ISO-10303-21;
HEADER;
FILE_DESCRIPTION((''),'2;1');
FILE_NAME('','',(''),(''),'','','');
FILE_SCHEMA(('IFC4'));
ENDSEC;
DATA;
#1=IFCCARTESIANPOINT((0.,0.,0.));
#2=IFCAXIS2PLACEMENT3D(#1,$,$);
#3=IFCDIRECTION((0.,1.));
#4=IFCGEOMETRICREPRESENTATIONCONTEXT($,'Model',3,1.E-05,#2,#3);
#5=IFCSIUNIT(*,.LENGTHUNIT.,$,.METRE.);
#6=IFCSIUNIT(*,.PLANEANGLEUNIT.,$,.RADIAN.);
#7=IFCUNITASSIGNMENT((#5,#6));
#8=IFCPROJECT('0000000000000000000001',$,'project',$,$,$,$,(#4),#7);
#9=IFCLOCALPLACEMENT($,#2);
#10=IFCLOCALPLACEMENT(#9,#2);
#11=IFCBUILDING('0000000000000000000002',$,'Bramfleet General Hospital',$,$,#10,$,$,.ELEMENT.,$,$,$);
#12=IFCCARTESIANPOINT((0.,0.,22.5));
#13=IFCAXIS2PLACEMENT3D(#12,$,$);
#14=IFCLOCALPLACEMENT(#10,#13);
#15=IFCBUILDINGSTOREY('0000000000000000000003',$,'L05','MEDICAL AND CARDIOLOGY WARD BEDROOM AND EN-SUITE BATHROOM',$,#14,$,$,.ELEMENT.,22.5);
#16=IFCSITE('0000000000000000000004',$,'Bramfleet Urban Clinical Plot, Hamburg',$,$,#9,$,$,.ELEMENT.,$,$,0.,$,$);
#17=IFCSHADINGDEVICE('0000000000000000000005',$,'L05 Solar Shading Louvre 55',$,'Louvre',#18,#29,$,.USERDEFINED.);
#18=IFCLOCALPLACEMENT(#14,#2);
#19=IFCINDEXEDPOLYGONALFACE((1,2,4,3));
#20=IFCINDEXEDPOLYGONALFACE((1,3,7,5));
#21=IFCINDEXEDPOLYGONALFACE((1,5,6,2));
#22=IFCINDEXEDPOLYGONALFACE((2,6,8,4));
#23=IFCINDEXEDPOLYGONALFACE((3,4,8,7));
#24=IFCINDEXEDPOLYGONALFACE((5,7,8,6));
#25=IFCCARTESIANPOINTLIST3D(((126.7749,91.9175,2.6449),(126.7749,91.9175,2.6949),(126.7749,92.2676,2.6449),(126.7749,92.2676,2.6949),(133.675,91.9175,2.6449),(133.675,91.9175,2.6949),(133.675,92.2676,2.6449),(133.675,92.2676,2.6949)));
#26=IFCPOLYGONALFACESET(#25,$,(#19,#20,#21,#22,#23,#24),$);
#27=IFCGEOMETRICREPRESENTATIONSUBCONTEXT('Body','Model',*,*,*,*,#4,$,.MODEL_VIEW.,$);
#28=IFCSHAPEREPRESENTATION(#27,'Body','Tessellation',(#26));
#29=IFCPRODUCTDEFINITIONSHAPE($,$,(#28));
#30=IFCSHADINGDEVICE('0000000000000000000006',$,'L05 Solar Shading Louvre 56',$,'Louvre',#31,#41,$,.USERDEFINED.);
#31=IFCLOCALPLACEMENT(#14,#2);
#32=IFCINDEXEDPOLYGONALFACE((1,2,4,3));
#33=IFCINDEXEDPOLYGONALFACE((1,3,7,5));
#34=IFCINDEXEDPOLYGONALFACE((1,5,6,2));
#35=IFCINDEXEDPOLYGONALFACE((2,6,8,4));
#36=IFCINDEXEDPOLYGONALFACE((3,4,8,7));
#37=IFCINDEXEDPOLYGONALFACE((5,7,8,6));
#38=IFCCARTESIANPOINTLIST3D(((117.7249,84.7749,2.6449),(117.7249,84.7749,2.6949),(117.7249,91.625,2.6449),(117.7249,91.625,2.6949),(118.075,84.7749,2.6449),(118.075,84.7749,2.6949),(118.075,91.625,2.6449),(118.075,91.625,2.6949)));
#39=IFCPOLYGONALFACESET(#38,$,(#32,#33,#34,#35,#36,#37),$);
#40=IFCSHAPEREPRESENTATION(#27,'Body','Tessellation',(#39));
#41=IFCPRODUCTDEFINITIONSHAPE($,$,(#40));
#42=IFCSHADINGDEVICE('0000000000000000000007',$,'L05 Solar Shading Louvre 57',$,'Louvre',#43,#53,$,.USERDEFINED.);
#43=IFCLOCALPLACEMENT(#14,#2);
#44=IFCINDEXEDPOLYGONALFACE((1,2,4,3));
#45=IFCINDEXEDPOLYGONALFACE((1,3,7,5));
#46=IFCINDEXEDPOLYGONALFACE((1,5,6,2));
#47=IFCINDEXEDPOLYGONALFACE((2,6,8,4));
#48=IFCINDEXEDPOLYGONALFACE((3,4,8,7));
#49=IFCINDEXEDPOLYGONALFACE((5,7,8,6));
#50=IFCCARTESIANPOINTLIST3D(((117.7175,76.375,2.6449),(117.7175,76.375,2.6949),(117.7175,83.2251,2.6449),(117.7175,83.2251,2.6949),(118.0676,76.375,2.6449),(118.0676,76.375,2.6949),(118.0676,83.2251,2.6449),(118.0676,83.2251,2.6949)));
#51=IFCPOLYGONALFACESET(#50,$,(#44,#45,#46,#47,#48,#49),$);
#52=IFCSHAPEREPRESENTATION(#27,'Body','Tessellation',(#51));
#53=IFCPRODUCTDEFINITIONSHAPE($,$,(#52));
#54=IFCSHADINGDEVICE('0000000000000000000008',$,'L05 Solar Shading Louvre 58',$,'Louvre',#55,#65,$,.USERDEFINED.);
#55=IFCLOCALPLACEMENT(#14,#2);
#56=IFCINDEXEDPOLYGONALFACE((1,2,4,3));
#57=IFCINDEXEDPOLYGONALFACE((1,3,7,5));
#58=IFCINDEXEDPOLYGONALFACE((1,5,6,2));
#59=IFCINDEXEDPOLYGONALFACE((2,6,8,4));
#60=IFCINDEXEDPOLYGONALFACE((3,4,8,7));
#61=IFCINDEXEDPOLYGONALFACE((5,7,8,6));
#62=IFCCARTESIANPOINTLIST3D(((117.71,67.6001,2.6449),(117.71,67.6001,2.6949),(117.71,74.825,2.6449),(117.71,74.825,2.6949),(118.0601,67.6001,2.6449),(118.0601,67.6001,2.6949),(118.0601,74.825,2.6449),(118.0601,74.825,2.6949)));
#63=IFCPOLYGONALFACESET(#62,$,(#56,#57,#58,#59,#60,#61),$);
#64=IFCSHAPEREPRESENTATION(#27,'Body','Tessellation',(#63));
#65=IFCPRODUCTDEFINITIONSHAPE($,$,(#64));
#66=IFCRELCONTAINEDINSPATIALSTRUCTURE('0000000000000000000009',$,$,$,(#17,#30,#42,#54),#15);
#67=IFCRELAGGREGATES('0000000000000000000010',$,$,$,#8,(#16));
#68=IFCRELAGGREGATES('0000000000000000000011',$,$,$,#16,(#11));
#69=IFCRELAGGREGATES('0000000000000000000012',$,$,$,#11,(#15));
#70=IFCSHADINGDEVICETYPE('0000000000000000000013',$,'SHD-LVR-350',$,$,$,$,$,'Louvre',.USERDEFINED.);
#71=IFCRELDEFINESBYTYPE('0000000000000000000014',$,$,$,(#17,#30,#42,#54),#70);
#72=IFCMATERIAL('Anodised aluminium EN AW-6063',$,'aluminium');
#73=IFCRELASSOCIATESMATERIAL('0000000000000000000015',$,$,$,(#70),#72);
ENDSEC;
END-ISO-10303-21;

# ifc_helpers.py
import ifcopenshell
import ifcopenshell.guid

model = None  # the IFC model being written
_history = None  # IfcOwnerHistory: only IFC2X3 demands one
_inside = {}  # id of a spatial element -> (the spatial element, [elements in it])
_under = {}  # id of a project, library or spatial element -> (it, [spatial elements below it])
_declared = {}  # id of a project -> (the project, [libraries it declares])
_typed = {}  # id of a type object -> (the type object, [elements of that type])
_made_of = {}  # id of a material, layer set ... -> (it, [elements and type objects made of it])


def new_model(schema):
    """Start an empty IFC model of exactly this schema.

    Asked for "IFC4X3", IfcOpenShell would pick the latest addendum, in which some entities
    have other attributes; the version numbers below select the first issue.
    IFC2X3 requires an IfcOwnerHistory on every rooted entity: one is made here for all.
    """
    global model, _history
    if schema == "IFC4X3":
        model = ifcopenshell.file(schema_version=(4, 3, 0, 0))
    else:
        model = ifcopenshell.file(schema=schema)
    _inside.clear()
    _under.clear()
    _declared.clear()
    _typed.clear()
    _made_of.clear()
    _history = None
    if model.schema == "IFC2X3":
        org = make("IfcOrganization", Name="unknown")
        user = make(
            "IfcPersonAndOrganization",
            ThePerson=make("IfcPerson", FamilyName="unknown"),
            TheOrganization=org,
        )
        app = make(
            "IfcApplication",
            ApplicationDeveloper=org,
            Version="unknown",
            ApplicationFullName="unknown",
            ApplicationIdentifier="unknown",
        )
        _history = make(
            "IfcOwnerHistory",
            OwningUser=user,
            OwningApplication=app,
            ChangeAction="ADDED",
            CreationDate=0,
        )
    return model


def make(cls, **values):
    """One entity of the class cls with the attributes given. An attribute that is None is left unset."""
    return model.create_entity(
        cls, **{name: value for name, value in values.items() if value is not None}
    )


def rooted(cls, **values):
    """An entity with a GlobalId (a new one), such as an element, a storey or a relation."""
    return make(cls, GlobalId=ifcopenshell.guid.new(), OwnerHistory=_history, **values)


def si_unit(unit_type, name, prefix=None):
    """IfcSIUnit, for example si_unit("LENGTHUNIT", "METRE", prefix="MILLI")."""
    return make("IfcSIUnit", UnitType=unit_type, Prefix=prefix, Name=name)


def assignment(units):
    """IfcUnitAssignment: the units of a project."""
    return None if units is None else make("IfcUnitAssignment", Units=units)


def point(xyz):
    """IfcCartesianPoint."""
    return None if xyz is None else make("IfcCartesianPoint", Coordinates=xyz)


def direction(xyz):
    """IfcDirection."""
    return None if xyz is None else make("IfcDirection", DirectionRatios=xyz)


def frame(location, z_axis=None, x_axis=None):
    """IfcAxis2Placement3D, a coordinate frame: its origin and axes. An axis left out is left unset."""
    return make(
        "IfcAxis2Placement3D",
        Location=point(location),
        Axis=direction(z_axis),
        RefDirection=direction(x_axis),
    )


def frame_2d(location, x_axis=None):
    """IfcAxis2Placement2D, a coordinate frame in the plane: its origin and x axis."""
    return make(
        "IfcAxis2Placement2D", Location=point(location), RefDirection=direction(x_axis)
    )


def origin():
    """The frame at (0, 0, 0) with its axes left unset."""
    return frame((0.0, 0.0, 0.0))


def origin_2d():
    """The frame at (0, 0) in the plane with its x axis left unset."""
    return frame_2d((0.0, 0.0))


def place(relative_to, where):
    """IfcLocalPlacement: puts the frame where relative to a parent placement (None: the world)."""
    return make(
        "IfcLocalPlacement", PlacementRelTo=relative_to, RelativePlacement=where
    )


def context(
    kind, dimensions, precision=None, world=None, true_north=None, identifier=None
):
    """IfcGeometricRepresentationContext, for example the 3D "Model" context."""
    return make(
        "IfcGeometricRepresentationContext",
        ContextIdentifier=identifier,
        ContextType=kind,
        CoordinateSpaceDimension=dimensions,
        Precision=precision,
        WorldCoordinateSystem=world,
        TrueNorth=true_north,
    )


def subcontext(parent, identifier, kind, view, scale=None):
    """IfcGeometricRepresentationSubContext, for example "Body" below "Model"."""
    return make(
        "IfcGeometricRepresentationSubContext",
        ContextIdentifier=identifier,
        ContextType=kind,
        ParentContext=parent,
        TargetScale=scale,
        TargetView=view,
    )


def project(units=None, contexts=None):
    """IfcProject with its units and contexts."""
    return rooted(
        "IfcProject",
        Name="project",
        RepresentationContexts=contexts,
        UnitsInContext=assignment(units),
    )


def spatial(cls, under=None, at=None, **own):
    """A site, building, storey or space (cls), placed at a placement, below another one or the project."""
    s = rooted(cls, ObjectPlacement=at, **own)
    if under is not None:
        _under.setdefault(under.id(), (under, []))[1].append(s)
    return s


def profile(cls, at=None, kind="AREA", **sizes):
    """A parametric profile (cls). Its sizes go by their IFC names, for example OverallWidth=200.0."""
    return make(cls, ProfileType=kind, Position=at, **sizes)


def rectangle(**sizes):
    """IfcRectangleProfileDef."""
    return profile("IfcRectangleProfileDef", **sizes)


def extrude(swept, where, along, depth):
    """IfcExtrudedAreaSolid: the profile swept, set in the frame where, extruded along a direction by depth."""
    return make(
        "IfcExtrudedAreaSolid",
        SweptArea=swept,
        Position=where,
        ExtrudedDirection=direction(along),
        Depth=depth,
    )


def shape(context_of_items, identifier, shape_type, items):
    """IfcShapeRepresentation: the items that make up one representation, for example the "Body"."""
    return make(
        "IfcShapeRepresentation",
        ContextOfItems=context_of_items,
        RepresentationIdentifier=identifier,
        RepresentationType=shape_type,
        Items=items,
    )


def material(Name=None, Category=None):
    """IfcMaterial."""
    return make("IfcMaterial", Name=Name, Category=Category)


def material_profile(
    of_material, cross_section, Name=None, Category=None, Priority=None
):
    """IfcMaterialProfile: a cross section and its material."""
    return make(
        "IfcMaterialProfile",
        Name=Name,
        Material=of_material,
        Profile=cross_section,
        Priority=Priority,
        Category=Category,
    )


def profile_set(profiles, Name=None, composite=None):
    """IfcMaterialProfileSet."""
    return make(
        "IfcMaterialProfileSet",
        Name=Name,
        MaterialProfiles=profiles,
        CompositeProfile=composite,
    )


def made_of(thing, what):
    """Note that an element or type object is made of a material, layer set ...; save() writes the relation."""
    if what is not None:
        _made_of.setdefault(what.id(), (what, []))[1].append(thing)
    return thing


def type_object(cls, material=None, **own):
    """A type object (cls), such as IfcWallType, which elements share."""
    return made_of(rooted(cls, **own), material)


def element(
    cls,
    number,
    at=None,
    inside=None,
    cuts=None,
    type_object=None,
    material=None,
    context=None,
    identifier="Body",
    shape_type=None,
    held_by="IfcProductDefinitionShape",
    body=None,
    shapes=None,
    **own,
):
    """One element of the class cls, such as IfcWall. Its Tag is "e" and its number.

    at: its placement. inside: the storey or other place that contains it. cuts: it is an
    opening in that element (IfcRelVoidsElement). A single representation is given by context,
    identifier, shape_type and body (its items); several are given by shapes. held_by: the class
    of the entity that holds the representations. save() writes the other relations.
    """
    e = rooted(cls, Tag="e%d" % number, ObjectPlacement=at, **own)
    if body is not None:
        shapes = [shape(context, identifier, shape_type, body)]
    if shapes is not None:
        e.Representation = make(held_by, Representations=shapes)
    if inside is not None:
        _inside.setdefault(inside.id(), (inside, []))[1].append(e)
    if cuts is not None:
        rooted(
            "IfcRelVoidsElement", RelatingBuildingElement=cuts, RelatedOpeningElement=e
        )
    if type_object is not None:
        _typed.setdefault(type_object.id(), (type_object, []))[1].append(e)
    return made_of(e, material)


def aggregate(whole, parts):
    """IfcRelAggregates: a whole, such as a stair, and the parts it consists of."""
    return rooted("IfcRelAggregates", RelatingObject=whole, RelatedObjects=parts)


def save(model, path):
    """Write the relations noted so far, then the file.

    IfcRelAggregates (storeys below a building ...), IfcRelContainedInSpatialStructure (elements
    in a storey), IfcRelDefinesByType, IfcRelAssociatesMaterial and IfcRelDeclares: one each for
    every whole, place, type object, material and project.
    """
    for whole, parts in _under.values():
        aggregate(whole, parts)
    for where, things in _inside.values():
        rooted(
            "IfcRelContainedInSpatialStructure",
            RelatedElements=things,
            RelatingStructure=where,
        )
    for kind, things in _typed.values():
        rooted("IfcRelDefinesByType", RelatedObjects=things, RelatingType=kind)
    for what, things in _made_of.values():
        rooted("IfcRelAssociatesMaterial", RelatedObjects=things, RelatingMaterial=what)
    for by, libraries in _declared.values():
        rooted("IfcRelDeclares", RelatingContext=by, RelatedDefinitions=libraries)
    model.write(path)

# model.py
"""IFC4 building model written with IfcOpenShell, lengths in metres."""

from ifc_helpers import new_model, si_unit, direction, frame, origin, origin_2d, place, context, subcontext, project, spatial, rectangle, extrude, material, material_profile, profile_set, type_object, element, save


model = new_model("IFC4")

# Units and contexts
model_context = context("Model", 3, precision=1e-05, world=origin(), true_north=direction((0.0, 1.0)))
body_context = subcontext(model_context, "Body", "Model", "MODEL_VIEW")
ifc_project = project(units=[si_unit("LENGTHUNIT", "METRE"), si_unit("PLANEANGLEUNIT", "RADIAN")], contexts=[model_context])

# Site, building, storey
site_placement = place(None, origin())
site = spatial("IfcSite", under=ifc_project, at=site_placement, Name="Bramfleet Urban Clinical Plot, Hamburg", CompositionType="ELEMENT", RefElevation=0.0)
building_placement = place(site_placement, origin())
building = spatial("IfcBuilding", under=site, at=building_placement, Name="Bramfleet General Hospital", CompositionType="ELEMENT")
storey_placement = place(building_placement, frame((0.0, 0.0, 22.5)))
storey = spatial("IfcBuildingStorey", under=building, at=storey_placement, Name="L05", Description="MEDICAL AND CARDIOLOGY WARD BEDROOM AND EN-SUITE BATHROOM", CompositionType="ELEMENT", Elevation=22.5)

# Shading devices
ifc_material_1 = material(Name="Anodised aluminium EN AW-6063", Category="aluminium")
ifc_material_profile_1 = material_profile(ifc_material_1, rectangle(XDim=0.05, YDim=0.3501, at=origin_2d()), Name="ALU LOUVRE 350x50")
ifc_profile_set_1 = profile_set([ifc_material_profile_1], Name="Anodised aluminium EN AW-6063")
shading_device_type = type_object("IfcShadingDeviceType", Name="SHD-LVR-350", ElementType="Louvre", PredefinedType="USERDEFINED", material=ifc_profile_set_1)
shading_device_1_placement = place(storey_placement, frame((133.675, 92.0925, 2.6699), z_axis=(-1.0, 0.0, 0.0), x_axis=(0.0, 0.0, 1.0)))
element("IfcShadingDevice", 1, at=shading_device_1_placement, inside=storey, type_object=shading_device_type, Name="L05 Solar Shading Louvre 55", ObjectType="Louvre", PredefinedType="USERDEFINED", context=body_context, shape_type="SweptSolid", body=[
    extrude(rectangle(XDim=0.05, YDim=0.3501, at=origin_2d()), origin(), (0.0, 0.0, 1.0), 6.9001),
])
for number, where, z_axis, x_axis, name in (
    (2, (117.8999, 91.625, 2.6699), (0.0, -1.0, 0.0), (0.0, 0.0, 1.0), "L05 Solar Shading Louvre 56"),
    (3, (117.8926, 83.2251, 2.6699), (0.0, -1.0, 0.0), (0.0, 0.0, 1.0), "L05 Solar Shading Louvre 57"),
):
    element("IfcShadingDevice", number, at=place(storey_placement, frame(where, z_axis=z_axis, x_axis=x_axis)), inside=storey, type_object=shading_device_type, Name=name, ObjectType="Louvre", PredefinedType="USERDEFINED", context=body_context, shape_type="SweptSolid", body=[
        extrude(rectangle(XDim=0.05, YDim=0.3501, at=origin_2d()), origin(), (0.0, 0.0, 1.0), 6.8501),
    ])
shading_device_2_placement = place(storey_placement, frame((117.885, 74.825, 2.6699), z_axis=(0.0, -1.0, 0.0), x_axis=(0.0, 0.0, 1.0)))
element("IfcShadingDevice", 4, at=shading_device_2_placement, inside=storey, type_object=shading_device_type, Name="L05 Solar Shading Louvre 58", ObjectType="Louvre", PredefinedType="USERDEFINED", context=body_context, shape_type="SweptSolid", body=[
    extrude(rectangle(XDim=0.05, YDim=0.3501, at=origin_2d()), origin(), (0.0, 0.0, 1.0), 7.2249),
])

save(model, "model.ifc")
